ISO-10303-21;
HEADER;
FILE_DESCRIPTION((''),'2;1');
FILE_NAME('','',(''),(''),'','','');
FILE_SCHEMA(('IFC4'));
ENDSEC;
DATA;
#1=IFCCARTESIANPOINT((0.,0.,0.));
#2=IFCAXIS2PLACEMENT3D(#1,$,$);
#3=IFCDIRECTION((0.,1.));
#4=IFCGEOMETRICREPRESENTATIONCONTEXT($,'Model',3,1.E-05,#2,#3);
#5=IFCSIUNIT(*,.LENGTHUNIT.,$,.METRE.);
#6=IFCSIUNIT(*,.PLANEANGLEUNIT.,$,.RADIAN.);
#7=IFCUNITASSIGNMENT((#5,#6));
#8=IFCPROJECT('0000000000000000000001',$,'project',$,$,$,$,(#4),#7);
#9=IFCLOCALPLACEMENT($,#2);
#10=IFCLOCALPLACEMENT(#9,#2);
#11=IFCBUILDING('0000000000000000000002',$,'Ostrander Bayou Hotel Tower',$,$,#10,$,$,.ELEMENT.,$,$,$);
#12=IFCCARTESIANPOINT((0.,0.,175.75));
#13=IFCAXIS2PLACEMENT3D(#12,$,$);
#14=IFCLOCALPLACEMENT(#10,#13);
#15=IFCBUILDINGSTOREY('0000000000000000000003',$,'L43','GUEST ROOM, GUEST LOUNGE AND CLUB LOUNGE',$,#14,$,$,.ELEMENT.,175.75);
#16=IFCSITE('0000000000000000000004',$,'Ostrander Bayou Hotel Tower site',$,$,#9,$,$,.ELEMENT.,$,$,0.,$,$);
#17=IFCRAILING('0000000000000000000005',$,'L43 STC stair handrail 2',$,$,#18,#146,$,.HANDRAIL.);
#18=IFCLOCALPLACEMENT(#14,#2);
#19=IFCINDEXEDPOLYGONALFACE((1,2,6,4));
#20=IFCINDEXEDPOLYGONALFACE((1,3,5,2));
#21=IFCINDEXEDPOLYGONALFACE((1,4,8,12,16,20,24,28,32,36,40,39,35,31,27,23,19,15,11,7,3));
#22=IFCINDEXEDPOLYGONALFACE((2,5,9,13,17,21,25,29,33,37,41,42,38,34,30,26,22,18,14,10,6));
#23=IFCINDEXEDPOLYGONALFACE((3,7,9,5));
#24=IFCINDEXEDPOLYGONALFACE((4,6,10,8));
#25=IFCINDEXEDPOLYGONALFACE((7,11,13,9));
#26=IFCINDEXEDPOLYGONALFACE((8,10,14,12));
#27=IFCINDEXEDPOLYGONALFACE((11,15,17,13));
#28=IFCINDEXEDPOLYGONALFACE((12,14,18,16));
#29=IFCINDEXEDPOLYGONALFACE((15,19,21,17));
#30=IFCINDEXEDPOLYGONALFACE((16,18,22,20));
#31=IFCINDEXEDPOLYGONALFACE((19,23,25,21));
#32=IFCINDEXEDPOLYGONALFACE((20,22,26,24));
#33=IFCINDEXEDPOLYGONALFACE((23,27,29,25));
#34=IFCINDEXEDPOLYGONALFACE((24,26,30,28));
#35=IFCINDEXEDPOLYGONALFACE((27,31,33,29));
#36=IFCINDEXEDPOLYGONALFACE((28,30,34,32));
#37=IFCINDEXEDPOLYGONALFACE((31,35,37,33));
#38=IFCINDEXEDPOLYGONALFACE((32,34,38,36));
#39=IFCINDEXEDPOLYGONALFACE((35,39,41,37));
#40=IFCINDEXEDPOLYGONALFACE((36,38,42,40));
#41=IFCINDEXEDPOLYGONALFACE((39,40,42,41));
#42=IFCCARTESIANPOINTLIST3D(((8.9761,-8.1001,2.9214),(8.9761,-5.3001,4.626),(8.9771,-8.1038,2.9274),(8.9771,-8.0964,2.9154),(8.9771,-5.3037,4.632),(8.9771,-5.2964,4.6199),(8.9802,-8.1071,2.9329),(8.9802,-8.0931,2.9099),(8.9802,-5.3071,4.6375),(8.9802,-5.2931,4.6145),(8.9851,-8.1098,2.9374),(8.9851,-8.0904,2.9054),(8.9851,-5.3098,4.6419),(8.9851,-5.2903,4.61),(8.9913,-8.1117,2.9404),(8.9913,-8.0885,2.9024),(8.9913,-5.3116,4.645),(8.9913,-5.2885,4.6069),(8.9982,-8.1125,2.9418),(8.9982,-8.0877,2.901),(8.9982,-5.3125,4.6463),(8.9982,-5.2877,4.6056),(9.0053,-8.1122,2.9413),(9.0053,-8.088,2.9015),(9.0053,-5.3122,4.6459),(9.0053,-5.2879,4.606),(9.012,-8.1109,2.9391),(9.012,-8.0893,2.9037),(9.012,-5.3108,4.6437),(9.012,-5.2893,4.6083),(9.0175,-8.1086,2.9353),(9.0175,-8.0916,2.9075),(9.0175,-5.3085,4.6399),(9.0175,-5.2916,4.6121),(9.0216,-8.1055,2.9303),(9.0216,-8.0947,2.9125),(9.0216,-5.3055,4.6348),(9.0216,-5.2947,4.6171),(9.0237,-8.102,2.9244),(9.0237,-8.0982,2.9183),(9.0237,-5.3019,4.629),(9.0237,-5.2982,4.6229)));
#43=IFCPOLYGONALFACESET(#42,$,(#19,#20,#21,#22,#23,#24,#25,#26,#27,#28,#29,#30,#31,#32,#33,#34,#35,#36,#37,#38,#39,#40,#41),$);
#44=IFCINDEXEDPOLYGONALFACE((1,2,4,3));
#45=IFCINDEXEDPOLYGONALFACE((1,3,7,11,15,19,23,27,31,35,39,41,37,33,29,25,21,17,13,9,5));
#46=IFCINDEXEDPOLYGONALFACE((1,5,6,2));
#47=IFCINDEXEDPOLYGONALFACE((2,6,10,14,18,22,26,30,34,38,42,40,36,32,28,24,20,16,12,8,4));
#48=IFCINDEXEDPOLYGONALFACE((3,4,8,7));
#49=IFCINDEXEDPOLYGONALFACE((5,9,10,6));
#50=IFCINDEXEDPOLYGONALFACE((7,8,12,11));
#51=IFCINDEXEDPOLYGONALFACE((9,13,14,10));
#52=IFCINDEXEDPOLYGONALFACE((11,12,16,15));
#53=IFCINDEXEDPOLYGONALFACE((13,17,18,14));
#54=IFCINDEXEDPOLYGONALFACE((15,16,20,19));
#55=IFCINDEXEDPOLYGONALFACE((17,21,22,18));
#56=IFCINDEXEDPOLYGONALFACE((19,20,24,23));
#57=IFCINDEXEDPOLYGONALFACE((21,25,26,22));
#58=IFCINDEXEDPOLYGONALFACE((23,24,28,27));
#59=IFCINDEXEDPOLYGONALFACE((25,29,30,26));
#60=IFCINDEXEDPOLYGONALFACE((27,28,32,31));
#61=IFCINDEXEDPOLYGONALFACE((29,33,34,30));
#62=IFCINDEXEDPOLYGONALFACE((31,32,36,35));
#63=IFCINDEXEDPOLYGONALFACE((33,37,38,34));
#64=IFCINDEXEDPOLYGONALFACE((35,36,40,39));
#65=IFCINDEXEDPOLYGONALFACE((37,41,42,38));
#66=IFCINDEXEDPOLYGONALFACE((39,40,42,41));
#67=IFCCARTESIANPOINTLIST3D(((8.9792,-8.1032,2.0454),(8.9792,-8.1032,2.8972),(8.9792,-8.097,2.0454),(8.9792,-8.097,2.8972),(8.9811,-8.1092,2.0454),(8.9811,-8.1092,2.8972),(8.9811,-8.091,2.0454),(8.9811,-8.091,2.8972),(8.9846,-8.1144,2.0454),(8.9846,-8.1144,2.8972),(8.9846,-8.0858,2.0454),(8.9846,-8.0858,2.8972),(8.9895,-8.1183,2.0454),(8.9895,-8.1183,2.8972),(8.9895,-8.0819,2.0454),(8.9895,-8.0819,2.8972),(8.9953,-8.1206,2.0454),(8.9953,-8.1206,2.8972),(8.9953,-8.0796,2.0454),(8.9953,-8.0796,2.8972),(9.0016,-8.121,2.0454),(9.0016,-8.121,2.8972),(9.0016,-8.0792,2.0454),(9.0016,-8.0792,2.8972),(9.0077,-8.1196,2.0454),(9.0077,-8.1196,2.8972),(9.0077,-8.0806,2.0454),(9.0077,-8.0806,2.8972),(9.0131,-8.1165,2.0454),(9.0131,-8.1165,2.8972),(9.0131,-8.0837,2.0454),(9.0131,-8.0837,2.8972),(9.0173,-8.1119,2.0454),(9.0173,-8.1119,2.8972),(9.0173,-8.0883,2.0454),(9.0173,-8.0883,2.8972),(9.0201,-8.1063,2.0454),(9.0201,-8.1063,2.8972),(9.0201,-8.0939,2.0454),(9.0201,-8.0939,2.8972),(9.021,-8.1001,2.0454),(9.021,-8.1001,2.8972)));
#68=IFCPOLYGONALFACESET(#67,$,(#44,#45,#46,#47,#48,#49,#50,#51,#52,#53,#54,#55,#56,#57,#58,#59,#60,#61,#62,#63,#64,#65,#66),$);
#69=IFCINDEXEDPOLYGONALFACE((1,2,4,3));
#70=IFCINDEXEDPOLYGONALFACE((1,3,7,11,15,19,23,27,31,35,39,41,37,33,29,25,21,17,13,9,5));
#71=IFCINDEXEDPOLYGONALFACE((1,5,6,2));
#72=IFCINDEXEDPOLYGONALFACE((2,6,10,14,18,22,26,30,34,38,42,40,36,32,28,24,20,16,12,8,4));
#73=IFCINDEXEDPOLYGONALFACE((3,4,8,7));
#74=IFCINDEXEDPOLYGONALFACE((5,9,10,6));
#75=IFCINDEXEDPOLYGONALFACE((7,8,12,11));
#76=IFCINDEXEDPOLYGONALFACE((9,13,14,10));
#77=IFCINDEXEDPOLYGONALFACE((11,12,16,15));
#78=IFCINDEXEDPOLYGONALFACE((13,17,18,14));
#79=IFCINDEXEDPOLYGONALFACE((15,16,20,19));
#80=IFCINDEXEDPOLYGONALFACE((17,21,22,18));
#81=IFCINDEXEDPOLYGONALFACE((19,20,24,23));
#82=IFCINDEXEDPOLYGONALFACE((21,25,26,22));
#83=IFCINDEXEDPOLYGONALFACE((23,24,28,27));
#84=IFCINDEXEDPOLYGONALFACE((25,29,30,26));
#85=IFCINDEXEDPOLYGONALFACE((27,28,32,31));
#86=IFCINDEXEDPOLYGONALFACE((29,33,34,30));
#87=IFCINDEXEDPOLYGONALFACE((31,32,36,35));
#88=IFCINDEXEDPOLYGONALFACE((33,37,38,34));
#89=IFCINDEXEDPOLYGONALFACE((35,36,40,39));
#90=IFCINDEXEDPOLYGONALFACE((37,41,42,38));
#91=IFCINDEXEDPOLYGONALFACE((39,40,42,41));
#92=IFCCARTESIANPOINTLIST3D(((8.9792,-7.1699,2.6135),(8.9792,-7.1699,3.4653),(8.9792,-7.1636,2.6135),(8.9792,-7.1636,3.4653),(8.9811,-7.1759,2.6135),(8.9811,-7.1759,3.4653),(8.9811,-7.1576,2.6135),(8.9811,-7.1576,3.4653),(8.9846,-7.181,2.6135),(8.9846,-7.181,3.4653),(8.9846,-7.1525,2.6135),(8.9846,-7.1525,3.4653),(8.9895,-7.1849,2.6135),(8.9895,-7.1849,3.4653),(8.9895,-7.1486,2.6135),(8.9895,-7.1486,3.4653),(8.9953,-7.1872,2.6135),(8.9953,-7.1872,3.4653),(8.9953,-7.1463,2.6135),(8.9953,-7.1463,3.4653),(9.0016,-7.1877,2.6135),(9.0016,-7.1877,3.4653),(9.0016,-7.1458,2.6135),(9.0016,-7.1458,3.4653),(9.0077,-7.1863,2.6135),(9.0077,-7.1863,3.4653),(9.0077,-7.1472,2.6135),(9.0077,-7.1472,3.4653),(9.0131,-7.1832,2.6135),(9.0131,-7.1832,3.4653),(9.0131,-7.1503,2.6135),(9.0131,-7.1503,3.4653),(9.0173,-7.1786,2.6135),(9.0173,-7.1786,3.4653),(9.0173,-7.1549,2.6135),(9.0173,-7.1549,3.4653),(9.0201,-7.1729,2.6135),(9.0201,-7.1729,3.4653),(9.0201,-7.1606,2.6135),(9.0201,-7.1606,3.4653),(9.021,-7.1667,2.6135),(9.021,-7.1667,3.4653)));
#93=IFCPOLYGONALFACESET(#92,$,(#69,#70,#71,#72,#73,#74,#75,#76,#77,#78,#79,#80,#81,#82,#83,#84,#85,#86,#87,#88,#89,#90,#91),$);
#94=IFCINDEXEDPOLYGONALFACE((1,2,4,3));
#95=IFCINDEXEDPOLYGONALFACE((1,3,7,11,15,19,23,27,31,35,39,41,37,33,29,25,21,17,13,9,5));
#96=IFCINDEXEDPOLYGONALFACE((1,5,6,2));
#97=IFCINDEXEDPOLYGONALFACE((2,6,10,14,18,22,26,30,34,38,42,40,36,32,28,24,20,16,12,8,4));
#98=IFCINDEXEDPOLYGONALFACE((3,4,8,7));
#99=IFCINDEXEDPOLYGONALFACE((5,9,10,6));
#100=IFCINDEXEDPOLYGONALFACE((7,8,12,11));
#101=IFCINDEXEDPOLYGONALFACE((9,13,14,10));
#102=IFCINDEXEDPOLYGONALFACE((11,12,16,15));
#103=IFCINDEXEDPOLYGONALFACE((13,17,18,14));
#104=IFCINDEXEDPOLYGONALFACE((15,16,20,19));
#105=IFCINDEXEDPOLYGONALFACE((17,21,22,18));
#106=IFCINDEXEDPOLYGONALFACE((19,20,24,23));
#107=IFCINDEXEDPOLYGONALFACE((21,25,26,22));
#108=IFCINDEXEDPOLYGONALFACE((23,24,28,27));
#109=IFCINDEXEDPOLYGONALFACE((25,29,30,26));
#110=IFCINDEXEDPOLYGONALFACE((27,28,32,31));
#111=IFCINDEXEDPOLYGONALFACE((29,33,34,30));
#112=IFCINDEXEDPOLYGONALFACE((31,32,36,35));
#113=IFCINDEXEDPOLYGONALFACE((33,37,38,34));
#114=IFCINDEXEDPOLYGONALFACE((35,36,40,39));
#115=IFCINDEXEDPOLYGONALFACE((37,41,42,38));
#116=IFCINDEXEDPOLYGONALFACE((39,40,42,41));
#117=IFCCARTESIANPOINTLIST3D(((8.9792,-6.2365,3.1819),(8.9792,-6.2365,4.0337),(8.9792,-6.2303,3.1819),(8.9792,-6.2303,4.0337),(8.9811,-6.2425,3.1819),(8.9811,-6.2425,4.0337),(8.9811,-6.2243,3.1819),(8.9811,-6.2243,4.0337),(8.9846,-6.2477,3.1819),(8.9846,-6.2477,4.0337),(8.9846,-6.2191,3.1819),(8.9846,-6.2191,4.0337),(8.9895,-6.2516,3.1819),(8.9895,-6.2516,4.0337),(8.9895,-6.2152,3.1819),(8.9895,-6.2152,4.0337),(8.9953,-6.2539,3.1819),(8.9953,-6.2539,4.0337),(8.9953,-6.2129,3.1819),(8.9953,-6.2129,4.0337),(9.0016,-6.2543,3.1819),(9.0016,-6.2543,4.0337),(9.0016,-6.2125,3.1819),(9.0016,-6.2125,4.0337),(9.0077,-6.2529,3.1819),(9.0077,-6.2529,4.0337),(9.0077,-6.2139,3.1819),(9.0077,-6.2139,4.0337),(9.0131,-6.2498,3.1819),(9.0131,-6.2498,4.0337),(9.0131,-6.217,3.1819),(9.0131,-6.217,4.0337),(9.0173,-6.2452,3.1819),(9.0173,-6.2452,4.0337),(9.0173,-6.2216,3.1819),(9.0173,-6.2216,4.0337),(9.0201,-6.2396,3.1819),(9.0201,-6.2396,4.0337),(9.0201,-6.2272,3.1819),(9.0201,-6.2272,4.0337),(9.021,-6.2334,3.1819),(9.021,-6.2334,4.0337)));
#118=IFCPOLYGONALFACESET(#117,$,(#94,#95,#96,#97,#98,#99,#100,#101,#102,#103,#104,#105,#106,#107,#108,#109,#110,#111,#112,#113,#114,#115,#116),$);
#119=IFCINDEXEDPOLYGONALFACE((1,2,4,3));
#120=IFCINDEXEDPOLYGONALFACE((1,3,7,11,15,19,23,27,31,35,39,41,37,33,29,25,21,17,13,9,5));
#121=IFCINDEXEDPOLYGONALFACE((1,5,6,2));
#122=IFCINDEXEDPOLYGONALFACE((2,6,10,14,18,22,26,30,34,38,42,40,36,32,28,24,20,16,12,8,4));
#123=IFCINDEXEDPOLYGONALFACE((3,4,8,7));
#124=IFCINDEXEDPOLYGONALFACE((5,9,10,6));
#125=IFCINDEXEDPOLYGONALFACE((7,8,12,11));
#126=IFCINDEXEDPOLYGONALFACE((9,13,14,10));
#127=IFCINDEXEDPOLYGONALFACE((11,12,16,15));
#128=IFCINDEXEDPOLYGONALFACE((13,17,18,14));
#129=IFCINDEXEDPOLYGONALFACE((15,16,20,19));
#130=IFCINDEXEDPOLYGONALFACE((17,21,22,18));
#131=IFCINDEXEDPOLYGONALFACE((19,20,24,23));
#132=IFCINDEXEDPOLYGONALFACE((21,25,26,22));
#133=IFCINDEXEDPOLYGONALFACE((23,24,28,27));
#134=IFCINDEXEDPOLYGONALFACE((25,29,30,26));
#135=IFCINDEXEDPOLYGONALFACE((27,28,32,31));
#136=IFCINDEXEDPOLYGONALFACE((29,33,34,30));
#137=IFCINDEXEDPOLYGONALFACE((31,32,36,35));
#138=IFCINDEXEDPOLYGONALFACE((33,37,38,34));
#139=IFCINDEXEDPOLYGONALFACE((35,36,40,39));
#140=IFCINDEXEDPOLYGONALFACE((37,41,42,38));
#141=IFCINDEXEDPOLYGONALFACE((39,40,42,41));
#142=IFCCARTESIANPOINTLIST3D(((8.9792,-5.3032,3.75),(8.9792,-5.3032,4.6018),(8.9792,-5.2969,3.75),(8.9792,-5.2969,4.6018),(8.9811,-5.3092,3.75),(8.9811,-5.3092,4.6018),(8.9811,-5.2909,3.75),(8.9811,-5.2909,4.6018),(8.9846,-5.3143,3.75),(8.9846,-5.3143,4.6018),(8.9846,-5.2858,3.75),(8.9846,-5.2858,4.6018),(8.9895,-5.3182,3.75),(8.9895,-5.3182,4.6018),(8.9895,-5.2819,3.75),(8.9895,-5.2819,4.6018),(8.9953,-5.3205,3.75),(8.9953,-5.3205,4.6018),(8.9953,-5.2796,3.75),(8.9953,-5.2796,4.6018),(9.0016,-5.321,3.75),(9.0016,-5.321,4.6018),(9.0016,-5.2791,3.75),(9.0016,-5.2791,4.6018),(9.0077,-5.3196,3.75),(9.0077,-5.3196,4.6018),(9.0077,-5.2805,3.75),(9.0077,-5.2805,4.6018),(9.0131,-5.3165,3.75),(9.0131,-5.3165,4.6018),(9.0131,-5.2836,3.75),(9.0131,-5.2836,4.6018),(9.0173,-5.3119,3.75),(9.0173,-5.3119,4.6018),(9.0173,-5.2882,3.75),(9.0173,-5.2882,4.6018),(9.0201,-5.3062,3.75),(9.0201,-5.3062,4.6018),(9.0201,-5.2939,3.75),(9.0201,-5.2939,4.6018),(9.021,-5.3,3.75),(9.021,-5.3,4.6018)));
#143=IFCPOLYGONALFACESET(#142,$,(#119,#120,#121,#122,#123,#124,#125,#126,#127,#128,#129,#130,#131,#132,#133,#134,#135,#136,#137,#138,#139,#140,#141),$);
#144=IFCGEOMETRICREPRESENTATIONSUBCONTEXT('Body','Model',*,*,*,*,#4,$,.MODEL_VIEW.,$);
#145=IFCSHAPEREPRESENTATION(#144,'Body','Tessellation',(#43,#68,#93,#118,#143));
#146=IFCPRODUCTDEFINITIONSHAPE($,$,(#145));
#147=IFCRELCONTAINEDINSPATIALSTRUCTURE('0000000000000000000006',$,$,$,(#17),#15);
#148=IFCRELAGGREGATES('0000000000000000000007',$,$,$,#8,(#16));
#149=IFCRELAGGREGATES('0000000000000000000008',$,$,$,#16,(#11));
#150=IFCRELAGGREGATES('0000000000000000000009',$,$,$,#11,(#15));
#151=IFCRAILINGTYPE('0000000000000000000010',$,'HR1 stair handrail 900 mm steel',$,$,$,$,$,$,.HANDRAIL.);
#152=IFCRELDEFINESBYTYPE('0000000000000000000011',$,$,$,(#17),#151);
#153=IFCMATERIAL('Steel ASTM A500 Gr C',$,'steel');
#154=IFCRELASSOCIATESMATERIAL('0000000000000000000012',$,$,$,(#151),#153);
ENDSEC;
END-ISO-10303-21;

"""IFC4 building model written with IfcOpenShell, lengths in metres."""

from ifc_helpers import new_model, si_unit, direction, frame, origin, origin_2d, place, context, subcontext, project, spatial, circle, extrude, material, type_object, element, save


model = new_model("IFC4")

# Units and contexts
model_context = context("Model", 3, precision=1e-05, world=origin(), true_north=direction((0.0, 1.0)))
body_context = subcontext(model_context, "Body", "Model", "MODEL_VIEW")
ifc_project = project(units=[si_unit("LENGTHUNIT", "METRE"), si_unit("PLANEANGLEUNIT", "RADIAN")], contexts=[model_context])

# Site, building, storey
site_placement = place(None, origin())
site = spatial("IfcSite", under=ifc_project, at=site_placement, Name="Ostrander Bayou Hotel Tower site", CompositionType="ELEMENT", RefElevation=0.0)
building_placement = place(site_placement, origin())
building = spatial("IfcBuilding", under=site, at=building_placement, Name="Ostrander Bayou Hotel Tower", CompositionType="ELEMENT")
storey_placement = place(building_placement, frame((0.0, 0.0, 175.75)))
storey = spatial("IfcBuildingStorey", under=building, at=storey_placement, Name="L43", Description="GUEST ROOM, GUEST LOUNGE AND CLUB LOUNGE", CompositionType="ELEMENT", Elevation=175.75)

# Railing
ifc_material_1 = material(Name="Steel ASTM A500 Gr C", Category="steel")
railing_type_1 = type_object("IfcRailingType", Name="HR1 stair handrail 900 mm steel", PredefinedType="HANDRAIL", material=ifc_material_1)
railing_1_placement = place(storey_placement, frame((9.0, -8.1001, 2.0454)))
element("IfcRailing", 1, at=railing_1_placement, inside=storey, type_object=railing_type_1, Name="L43 STC stair handrail 2", PredefinedType="HANDRAIL", context=body_context, shape_type="SweptSolid", body=[
    extrude(circle(Radius=0.0239, at=origin_2d()), frame((0.0, 0.0, 0.876), z_axis=(0.0, 0.85417, 0.519994), x_axis=(-1.0, 0.0, 0.0)), (0.0, 0.0, 1.0), 3.2781),
    extrude(circle(Radius=0.021, at=origin_2d()), origin(), (0.0, 0.0, 1.0), 0.8518),
    extrude(circle(Radius=0.021, at=origin_2d()), frame((0.0, 0.9333, 0.5681)), (0.0, 0.0, 1.0), 0.8518),
    extrude(circle(Radius=0.021, at=origin_2d()), frame((0.0, 1.8667, 1.1365)), (0.0, 0.0, 1.0), 0.8518),
    extrude(circle(Radius=0.021, at=origin_2d()), frame((0.0, 2.8, 1.7046)), (0.0, 0.0, 1.0), 0.8518),
])

save(model, "model.ifc")
